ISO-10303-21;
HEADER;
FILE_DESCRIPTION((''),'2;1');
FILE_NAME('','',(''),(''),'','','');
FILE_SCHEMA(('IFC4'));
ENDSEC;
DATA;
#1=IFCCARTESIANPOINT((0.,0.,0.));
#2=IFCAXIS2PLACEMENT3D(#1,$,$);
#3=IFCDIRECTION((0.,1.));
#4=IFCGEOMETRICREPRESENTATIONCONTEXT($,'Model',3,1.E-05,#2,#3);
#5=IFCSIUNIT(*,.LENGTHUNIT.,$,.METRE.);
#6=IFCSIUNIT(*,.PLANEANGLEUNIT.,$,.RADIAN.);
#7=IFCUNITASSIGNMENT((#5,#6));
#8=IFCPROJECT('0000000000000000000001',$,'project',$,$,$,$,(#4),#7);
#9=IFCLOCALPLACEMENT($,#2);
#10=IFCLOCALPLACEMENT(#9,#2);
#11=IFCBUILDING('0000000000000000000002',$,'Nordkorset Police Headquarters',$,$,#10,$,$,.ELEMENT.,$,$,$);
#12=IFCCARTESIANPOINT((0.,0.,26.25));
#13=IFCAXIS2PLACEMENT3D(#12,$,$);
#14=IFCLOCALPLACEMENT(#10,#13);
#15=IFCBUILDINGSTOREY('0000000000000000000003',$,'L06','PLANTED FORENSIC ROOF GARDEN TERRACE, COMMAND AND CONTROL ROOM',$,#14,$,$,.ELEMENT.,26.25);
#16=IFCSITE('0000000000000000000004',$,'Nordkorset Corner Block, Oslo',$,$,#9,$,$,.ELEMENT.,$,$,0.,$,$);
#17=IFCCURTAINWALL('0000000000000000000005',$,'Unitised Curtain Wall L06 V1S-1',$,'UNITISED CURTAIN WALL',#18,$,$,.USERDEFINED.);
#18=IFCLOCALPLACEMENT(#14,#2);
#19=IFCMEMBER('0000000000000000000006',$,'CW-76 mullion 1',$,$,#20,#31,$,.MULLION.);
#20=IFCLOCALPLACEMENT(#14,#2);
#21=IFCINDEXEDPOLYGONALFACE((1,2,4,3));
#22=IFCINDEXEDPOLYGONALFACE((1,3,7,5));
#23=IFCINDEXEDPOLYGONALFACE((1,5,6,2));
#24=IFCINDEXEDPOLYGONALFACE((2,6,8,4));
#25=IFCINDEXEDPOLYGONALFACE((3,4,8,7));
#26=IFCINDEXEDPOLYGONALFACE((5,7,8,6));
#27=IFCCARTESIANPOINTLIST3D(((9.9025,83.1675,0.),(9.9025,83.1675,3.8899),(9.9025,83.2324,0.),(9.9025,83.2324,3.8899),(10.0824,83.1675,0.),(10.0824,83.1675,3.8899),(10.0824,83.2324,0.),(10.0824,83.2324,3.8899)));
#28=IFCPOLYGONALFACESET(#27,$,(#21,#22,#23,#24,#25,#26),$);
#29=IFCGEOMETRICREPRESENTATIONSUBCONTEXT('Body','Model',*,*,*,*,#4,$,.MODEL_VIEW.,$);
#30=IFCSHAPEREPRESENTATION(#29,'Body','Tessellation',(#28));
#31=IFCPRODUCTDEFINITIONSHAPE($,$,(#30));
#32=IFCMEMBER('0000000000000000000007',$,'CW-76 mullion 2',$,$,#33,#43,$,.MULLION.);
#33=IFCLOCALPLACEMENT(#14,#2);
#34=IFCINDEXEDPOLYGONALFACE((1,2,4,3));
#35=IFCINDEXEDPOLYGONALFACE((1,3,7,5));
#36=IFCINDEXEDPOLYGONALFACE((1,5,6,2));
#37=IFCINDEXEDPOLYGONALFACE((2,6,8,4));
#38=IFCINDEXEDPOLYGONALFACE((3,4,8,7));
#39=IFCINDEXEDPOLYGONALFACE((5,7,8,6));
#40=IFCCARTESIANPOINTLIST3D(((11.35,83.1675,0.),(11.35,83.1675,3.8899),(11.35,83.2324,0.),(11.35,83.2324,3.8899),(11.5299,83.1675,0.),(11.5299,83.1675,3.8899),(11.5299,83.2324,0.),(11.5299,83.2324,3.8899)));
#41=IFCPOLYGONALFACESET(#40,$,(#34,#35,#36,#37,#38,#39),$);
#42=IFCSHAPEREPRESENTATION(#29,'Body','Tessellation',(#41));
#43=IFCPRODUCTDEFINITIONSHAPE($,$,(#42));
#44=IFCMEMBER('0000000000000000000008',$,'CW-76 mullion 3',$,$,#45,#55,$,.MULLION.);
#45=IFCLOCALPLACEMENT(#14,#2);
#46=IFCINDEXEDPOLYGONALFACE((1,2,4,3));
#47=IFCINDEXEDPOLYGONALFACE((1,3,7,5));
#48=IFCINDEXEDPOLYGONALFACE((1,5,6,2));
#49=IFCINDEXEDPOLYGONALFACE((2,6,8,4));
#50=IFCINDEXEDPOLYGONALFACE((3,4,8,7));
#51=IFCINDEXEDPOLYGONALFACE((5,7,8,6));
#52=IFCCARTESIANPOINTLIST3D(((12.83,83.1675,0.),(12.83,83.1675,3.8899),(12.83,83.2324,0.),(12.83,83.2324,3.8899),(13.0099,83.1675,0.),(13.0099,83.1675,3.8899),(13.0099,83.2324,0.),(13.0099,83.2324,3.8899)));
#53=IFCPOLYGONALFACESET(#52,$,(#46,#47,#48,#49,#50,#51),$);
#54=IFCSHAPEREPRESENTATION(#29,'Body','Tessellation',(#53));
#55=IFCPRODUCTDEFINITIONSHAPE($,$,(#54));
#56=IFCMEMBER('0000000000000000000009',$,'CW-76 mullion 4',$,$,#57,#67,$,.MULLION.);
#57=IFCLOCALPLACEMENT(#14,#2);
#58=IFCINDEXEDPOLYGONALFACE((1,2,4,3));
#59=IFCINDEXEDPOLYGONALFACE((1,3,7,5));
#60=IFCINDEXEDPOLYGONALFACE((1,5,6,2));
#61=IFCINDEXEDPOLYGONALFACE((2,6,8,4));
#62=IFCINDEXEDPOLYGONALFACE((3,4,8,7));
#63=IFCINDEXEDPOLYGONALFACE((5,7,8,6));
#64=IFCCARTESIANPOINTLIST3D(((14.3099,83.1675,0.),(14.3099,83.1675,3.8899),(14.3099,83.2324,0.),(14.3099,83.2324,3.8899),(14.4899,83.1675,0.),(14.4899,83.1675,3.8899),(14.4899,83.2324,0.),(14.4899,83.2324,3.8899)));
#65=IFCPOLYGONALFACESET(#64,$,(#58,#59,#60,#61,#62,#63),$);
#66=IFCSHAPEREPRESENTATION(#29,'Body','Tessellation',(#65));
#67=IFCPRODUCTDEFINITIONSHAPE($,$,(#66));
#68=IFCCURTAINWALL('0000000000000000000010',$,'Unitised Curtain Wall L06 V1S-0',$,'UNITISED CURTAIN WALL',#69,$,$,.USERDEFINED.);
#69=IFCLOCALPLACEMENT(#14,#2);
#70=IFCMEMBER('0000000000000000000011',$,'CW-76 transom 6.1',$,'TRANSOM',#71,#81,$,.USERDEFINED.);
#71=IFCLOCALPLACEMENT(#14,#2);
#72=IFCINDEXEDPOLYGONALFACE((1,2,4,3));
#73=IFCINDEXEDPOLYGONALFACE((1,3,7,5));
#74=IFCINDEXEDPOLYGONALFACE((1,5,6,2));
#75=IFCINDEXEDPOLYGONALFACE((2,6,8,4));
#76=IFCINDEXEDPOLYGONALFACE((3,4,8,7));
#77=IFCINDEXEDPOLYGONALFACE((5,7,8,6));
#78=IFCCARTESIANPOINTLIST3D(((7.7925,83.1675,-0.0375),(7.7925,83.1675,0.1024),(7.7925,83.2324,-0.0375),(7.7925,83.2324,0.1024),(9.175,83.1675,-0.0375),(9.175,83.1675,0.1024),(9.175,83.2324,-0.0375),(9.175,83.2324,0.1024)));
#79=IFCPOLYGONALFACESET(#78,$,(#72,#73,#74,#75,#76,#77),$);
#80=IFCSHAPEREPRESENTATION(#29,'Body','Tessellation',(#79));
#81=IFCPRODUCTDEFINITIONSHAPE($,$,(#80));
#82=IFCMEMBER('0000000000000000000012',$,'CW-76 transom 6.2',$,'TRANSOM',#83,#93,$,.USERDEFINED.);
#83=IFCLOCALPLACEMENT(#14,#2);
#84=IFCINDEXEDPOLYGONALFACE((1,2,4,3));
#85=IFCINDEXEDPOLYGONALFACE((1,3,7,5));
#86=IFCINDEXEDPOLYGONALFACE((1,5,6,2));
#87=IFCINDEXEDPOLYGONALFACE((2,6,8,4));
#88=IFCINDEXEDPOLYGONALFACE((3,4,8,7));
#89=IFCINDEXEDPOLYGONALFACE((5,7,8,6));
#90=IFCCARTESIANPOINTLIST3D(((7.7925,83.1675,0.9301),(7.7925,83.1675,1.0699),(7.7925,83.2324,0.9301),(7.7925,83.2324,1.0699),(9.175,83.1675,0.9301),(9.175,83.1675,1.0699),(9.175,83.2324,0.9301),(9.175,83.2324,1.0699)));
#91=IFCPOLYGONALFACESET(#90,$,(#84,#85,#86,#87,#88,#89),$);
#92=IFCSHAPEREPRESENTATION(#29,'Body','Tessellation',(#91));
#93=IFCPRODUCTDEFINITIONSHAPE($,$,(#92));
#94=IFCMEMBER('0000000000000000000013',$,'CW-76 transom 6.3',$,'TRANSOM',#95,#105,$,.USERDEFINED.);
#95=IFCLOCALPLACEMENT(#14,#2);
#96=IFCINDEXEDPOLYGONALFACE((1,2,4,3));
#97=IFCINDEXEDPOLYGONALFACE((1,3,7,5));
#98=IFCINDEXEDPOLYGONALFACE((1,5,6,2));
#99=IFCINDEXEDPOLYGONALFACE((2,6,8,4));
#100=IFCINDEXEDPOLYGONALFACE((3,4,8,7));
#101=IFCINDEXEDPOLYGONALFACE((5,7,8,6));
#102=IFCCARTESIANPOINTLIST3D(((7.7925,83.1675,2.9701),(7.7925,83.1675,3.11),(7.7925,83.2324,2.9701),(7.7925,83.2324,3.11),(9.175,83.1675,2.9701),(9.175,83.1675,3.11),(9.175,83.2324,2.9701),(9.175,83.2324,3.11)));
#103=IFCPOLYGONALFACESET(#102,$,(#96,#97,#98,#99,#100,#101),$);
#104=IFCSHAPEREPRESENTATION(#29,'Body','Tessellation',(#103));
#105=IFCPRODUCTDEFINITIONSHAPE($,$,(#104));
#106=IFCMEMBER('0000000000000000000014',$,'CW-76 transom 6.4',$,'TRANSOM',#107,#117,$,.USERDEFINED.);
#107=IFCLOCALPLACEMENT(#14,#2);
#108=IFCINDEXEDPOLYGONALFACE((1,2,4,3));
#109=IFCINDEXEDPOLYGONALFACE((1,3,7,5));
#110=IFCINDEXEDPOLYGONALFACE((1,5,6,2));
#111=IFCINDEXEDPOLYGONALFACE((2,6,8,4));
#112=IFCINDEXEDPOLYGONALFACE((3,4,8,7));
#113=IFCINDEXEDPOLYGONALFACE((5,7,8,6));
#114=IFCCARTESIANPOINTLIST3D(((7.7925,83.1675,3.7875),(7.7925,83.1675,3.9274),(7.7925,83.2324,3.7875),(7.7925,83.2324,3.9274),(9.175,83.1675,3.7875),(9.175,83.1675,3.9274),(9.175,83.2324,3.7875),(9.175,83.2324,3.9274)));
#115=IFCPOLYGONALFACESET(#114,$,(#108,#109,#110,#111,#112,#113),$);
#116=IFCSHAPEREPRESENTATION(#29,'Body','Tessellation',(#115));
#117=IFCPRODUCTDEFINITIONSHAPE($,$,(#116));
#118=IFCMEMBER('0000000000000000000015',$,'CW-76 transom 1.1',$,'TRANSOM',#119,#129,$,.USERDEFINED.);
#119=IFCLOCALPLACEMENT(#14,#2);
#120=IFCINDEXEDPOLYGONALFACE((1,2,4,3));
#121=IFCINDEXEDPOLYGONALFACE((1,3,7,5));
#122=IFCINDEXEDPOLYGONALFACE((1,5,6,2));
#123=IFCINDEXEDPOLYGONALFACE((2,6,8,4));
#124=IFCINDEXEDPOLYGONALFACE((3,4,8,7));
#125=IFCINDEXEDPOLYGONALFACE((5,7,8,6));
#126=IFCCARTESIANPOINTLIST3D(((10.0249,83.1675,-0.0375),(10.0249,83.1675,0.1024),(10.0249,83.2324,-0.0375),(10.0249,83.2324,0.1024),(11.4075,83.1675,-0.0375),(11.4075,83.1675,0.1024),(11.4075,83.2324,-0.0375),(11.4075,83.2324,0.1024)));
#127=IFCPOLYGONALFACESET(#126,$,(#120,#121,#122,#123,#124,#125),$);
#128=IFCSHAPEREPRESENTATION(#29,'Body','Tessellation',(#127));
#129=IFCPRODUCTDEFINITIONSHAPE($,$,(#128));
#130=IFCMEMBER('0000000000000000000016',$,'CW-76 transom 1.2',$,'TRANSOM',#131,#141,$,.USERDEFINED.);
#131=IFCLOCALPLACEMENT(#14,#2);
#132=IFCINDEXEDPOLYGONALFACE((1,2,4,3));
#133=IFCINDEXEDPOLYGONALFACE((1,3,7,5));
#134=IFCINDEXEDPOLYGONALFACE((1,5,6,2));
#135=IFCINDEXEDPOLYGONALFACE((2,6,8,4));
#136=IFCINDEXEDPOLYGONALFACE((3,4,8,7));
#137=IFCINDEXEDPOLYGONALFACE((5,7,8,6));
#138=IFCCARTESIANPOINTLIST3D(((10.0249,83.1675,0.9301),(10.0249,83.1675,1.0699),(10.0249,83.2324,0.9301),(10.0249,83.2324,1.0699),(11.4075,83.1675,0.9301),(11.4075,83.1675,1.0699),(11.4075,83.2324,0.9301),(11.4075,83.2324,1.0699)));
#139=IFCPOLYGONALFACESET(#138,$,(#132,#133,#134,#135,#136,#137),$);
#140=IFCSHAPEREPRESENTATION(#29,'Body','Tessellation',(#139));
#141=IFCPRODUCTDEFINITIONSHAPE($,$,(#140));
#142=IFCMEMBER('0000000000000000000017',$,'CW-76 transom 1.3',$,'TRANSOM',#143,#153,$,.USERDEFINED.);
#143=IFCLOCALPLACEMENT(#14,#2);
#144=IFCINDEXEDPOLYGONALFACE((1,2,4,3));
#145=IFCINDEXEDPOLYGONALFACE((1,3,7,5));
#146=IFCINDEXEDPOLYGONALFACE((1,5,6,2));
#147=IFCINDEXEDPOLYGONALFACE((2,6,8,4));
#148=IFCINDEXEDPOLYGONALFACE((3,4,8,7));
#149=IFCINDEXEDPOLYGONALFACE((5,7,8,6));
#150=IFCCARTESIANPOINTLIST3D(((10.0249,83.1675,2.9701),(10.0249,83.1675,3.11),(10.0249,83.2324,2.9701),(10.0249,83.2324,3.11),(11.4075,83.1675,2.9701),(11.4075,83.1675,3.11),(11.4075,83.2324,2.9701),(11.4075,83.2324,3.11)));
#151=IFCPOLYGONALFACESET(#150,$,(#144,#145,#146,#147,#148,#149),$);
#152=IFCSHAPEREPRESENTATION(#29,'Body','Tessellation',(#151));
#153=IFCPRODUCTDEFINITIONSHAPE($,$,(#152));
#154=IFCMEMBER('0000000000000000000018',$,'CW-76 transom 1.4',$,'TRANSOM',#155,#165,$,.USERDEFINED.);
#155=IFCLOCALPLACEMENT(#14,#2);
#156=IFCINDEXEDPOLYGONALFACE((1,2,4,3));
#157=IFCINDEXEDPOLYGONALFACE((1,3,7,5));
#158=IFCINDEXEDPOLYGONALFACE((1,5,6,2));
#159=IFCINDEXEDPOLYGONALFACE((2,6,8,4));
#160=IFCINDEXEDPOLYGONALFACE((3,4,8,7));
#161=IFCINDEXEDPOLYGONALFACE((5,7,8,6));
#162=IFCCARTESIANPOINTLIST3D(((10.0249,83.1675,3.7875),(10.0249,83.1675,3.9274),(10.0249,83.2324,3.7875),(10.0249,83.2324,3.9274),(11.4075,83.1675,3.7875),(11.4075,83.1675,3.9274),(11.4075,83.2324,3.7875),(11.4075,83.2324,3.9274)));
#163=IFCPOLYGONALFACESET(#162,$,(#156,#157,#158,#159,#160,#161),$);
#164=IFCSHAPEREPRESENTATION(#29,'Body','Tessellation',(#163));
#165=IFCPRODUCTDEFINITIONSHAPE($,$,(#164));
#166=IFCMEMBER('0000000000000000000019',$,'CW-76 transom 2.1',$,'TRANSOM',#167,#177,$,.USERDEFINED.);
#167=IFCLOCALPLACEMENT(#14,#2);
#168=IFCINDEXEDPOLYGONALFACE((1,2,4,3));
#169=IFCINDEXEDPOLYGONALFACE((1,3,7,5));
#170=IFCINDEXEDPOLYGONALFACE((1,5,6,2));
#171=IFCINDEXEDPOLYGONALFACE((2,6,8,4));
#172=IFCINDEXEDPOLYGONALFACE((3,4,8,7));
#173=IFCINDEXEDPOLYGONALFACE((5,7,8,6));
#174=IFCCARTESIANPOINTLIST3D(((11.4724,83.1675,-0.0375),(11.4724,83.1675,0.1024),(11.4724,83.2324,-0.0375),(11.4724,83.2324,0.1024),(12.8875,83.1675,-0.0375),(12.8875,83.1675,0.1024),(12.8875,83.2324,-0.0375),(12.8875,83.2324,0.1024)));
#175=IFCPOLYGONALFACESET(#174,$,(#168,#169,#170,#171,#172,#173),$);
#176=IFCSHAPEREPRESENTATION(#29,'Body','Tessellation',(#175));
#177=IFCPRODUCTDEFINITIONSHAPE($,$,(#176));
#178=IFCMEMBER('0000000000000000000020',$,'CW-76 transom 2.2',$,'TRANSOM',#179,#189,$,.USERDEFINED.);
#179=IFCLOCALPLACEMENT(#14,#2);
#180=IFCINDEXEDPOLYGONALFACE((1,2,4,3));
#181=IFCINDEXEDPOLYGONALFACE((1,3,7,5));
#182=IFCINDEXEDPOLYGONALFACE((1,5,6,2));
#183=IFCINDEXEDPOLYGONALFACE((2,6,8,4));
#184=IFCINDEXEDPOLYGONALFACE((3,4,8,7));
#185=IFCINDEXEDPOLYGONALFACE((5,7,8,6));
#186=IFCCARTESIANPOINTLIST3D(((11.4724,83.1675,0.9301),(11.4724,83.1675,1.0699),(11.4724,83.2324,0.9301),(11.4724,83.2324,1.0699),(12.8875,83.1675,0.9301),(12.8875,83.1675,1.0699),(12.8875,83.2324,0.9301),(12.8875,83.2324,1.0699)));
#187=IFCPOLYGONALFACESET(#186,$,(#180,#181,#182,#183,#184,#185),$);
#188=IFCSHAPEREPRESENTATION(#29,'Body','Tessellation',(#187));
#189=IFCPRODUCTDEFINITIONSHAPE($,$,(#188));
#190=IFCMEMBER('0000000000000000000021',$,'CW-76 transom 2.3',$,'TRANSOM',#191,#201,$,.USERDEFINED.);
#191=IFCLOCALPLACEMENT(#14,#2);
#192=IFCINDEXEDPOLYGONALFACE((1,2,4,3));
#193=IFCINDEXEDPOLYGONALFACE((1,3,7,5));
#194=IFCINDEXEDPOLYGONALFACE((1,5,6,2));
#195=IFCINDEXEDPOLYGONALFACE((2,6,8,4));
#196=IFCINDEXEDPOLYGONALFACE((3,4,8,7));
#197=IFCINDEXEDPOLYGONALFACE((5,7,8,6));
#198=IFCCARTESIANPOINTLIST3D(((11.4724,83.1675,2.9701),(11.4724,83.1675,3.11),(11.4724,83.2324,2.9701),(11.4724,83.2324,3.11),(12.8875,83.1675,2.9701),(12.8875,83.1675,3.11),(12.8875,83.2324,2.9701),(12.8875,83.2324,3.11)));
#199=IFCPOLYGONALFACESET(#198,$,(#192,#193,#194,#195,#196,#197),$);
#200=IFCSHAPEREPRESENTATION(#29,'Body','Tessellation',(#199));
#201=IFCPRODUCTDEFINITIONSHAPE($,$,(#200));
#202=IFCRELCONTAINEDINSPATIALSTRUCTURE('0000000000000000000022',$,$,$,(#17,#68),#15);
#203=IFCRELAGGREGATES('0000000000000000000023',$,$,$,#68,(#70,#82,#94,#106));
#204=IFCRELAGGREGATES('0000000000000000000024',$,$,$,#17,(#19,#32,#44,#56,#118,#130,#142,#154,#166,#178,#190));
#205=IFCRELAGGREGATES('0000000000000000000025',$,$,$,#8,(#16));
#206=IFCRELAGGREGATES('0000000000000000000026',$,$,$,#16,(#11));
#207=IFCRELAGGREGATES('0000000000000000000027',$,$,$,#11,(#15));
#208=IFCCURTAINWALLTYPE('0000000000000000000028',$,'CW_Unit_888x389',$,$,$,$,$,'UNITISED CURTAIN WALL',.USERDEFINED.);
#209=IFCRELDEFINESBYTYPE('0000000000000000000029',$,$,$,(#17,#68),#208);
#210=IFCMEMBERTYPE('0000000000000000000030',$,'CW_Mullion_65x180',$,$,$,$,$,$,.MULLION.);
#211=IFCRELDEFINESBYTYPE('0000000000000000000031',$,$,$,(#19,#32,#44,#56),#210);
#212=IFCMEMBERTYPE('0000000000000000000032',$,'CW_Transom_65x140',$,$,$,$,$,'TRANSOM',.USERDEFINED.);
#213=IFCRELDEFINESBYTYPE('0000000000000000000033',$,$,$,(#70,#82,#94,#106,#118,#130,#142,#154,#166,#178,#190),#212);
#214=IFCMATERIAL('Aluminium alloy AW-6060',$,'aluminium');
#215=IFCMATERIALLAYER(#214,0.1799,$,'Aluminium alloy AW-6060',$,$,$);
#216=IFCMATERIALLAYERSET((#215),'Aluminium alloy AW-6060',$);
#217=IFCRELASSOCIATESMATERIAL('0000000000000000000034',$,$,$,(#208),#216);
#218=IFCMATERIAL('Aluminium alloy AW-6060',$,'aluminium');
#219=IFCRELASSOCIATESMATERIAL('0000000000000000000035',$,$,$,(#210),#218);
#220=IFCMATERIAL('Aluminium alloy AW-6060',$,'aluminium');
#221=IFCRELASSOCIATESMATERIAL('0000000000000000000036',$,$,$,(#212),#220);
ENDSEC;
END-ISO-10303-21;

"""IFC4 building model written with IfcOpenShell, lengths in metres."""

from ifc_helpers import new_model, si_unit, direction, frame, origin, origin_2d, place, context, subcontext, project, spatial, rectangle, extrude, material, layer, layer_set, material_profile, profile_set, type_object, element, aggregate, save


model = new_model("IFC4")

# Units and contexts
model_context = context("Model", 3, precision=1e-05, world=origin(), true_north=direction((0.0, 1.0)))
body_context = subcontext(model_context, "Body", "Model", "MODEL_VIEW")
ifc_project = project(units=[si_unit("LENGTHUNIT", "METRE"), si_unit("PLANEANGLEUNIT", "RADIAN")], contexts=[model_context])

# Site, building, storey
site_placement = place(None, origin())
site = spatial("IfcSite", under=ifc_project, at=site_placement, Name="Nordkorset Corner Block, Oslo", CompositionType="ELEMENT", RefElevation=0.0)
building_placement = place(site_placement, origin())
building = spatial("IfcBuilding", under=site, at=building_placement, Name="Nordkorset Police Headquarters", CompositionType="ELEMENT")
storey_placement = place(building_placement, frame((0.0, 0.0, 26.25)))
storey = spatial("IfcBuildingStorey", under=building, at=storey_placement, Name="L06", Description="PLANTED FORENSIC ROOF GARDEN TERRACE, COMMAND AND CONTROL ROOM", CompositionType="ELEMENT", Elevation=26.25)

# Curtain walls, members
ifc_material_1 = material(Name="Aluminium alloy AW-6060", Category="aluminium")
ifc_layer_1 = layer(ifc_material_1, 0.1799, Name="Aluminium alloy AW-6060")
ifc_layer_set_1 = layer_set([ifc_layer_1], Name="Aluminium alloy AW-6060")
curtain_wall_type = type_object("IfcCurtainWallType", Name="CW_Unit_888x389", ElementType="UNITISED CURTAIN WALL", PredefinedType="USERDEFINED", material=ifc_layer_set_1)
curtain_wall_1_placement = place(storey_placement, origin())
curtain_wall_1 = element("IfcCurtainWall", 1, at=curtain_wall_1_placement, inside=storey, type_object=curtain_wall_type, Name="Unitised Curtain Wall L06 V1S-1", ObjectType="UNITISED CURTAIN WALL", PredefinedType="USERDEFINED")
ifc_material_2 = material(Name="Aluminium alloy AW-6060", Category="aluminium")
ifc_material_profile_1 = material_profile(ifc_material_2, rectangle(XDim=0.0649, YDim=0.1799, at=origin_2d()), Name="ALU MULL 65x180")
ifc_profile_set_1 = profile_set([ifc_material_profile_1], Name="Aluminium alloy AW-6060")
member_type_1 = type_object("IfcMemberType", Name="CW_Mullion_65x180", PredefinedType="MULLION", material=ifc_profile_set_1)
member_1_placement = place(storey_placement, frame((9.9924, 83.2, 0.0), z_axis=(0.0, 0.0, 1.0), x_axis=(0.0, 1.0, 0.0)))
member_1 = element("IfcMember", 2, at=member_1_placement, type_object=member_type_1, Name="CW-76 mullion 1", PredefinedType="MULLION", context=body_context, shape_type="SweptSolid", body=[
    extrude(rectangle(XDim=0.0649, YDim=0.1799, at=origin_2d()), origin(), (0.0, 0.0, 1.0), 3.8899),
])
member_2_placement = place(storey_placement, frame((11.4399, 83.2, 0.0), z_axis=(0.0, 0.0, 1.0), x_axis=(0.0, 1.0, 0.0)))
member_2 = element("IfcMember", 3, at=member_2_placement, type_object=member_type_1, Name="CW-76 mullion 2", PredefinedType="MULLION", context=body_context, shape_type="SweptSolid", body=[
    extrude(rectangle(XDim=0.0649, YDim=0.1799, at=origin_2d()), origin(), (0.0, 0.0, 1.0), 3.8899),
])
member_3_placement = place(storey_placement, frame((12.9199, 83.2, 0.0), z_axis=(0.0, 0.0, 1.0), x_axis=(0.0, 1.0, 0.0)))
member_3 = element("IfcMember", 4, at=member_3_placement, type_object=member_type_1, Name="CW-76 mullion 3", PredefinedType="MULLION", context=body_context, shape_type="SweptSolid", body=[
    extrude(rectangle(XDim=0.0649, YDim=0.1799, at=origin_2d()), origin(), (0.0, 0.0, 1.0), 3.8899),
])
member_4_placement = place(storey_placement, frame((14.3999, 83.2, 0.0), z_axis=(0.0, 0.0, 1.0), x_axis=(0.0, 1.0, 0.0)))
member_4 = element("IfcMember", 5, at=member_4_placement, type_object=member_type_1, Name="CW-76 mullion 4", PredefinedType="MULLION", context=body_context, shape_type="SweptSolid", body=[
    extrude(rectangle(XDim=0.0649, YDim=0.1799, at=origin_2d()), origin(), (0.0, 0.0, 1.0), 3.8899),
])
curtain_wall_2_placement = place(storey_placement, origin())
curtain_wall_2 = element("IfcCurtainWall", 6, at=curtain_wall_2_placement, inside=storey, type_object=curtain_wall_type, Name="Unitised Curtain Wall L06 V1S-0", ObjectType="UNITISED CURTAIN WALL", PredefinedType="USERDEFINED")
ifc_material_3 = material(Name="Aluminium alloy AW-6060", Category="aluminium")
ifc_material_profile_2 = material_profile(ifc_material_3, rectangle(XDim=0.0649, YDim=0.1399, at=origin_2d()), Name="ALU TRAN 65x140")
ifc_profile_set_2 = profile_set([ifc_material_profile_2], Name="Aluminium alloy AW-6060")
member_type_2 = type_object("IfcMemberType", Name="CW_Transom_65x140", ElementType="TRANSOM", PredefinedType="USERDEFINED", material=ifc_profile_set_2)
member_5_placement = place(storey_placement, frame((7.7925, 83.2, 0.0325), z_axis=(1.0, 0.0, 0.0), x_axis=(0.0, 1.0, 0.0)))
member_5 = element("IfcMember", 7, at=member_5_placement, type_object=member_type_2, Name="CW-76 transom 6.1", ObjectType="TRANSOM", PredefinedType="USERDEFINED", context=body_context, shape_type="SweptSolid", body=[
    extrude(rectangle(XDim=0.0649, YDim=0.1399, at=origin_2d()), origin(), (0.0, 0.0, 1.0), 1.3826),
])
member_6_placement = place(storey_placement, frame((7.7925, 83.2, 1.0), z_axis=(1.0, 0.0, 0.0), x_axis=(0.0, 1.0, 0.0)))
member_6 = element("IfcMember", 8, at=member_6_placement, type_object=member_type_2, Name="CW-76 transom 6.2", ObjectType="TRANSOM", PredefinedType="USERDEFINED", context=body_context, shape_type="SweptSolid", body=[
    extrude(rectangle(XDim=0.0649, YDim=0.1399, at=origin_2d()), origin(), (0.0, 0.0, 1.0), 1.3826),
])
member_7_placement = place(storey_placement, frame((7.7925, 83.2, 3.04), z_axis=(1.0, 0.0, 0.0), x_axis=(0.0, 1.0, 0.0)))
member_7 = element("IfcMember", 9, at=member_7_placement, type_object=member_type_2, Name="CW-76 transom 6.3", ObjectType="TRANSOM", PredefinedType="USERDEFINED", context=body_context, shape_type="SweptSolid", body=[
    extrude(rectangle(XDim=0.0649, YDim=0.1399, at=origin_2d()), origin(), (0.0, 0.0, 1.0), 1.3826),
])
member_8_placement = place(storey_placement, frame((7.7925, 83.2, 3.8574), z_axis=(1.0, 0.0, 0.0), x_axis=(0.0, 1.0, 0.0)))
member_8 = element("IfcMember", 10, at=member_8_placement, type_object=member_type_2, Name="CW-76 transom 6.4", ObjectType="TRANSOM", PredefinedType="USERDEFINED", context=body_context, shape_type="SweptSolid", body=[
    extrude(rectangle(XDim=0.0649, YDim=0.1399, at=origin_2d()), origin(), (0.0, 0.0, 1.0), 1.3826),
])

# Members
member_9_placement = place(storey_placement, frame((10.0249, 83.2, 0.0325), z_axis=(1.0, 0.0, 0.0), x_axis=(0.0, 1.0, 0.0)))
member_9 = element("IfcMember", 11, at=member_9_placement, type_object=member_type_2, Name="CW-76 transom 1.1", ObjectType="TRANSOM", PredefinedType="USERDEFINED", context=body_context, shape_type="SweptSolid", body=[
    extrude(rectangle(XDim=0.0649, YDim=0.1399, at=origin_2d()), origin(), (0.0, 0.0, 1.0), 1.3826),
])
member_10_placement = place(storey_placement, frame((10.0249, 83.2, 1.0), z_axis=(1.0, 0.0, 0.0), x_axis=(0.0, 1.0, 0.0)))
member_10 = element("IfcMember", 12, at=member_10_placement, type_object=member_type_2, Name="CW-76 transom 1.2", ObjectType="TRANSOM", PredefinedType="USERDEFINED", context=body_context, shape_type="SweptSolid", body=[
    extrude(rectangle(XDim=0.0649, YDim=0.1399, at=origin_2d()), origin(), (0.0, 0.0, 1.0), 1.3826),
])
member_11_placement = place(storey_placement, frame((10.0249, 83.2, 3.04), z_axis=(1.0, 0.0, 0.0), x_axis=(0.0, 1.0, 0.0)))
member_11 = element("IfcMember", 13, at=member_11_placement, type_object=member_type_2, Name="CW-76 transom 1.3", ObjectType="TRANSOM", PredefinedType="USERDEFINED", context=body_context, shape_type="SweptSolid", body=[
    extrude(rectangle(XDim=0.0649, YDim=0.1399, at=origin_2d()), origin(), (0.0, 0.0, 1.0), 1.3826),
])
member_12_placement = place(storey_placement, frame((10.0249, 83.2, 3.8574), z_axis=(1.0, 0.0, 0.0), x_axis=(0.0, 1.0, 0.0)))
member_12 = element("IfcMember", 14, at=member_12_placement, type_object=member_type_2, Name="CW-76 transom 1.4", ObjectType="TRANSOM", PredefinedType="USERDEFINED", context=body_context, shape_type="SweptSolid", body=[
    extrude(rectangle(XDim=0.0649, YDim=0.1399, at=origin_2d()), origin(), (0.0, 0.0, 1.0), 1.3826),
])
member_13_placement = place(storey_placement, frame((11.4724, 83.2, 0.0325), z_axis=(1.0, 0.0, 0.0), x_axis=(0.0, 1.0, 0.0)))
member_13 = element("IfcMember", 15, at=member_13_placement, type_object=member_type_2, Name="CW-76 transom 2.1", ObjectType="TRANSOM", PredefinedType="USERDEFINED", context=body_context, shape_type="SweptSolid", body=[
    extrude(rectangle(XDim=0.0649, YDim=0.1399, at=origin_2d()), origin(), (0.0, 0.0, 1.0), 1.415),
])
member_14_placement = place(storey_placement, frame((11.4724, 83.2, 1.0), z_axis=(1.0, 0.0, 0.0), x_axis=(0.0, 1.0, 0.0)))
member_14 = element("IfcMember", 16, at=member_14_placement, type_object=member_type_2, Name="CW-76 transom 2.2", ObjectType="TRANSOM", PredefinedType="USERDEFINED", context=body_context, shape_type="SweptSolid", body=[
    extrude(rectangle(XDim=0.0649, YDim=0.1399, at=origin_2d()), origin(), (0.0, 0.0, 1.0), 1.415),
])
member_15_placement = place(storey_placement, frame((11.4724, 83.2, 3.04), z_axis=(1.0, 0.0, 0.0), x_axis=(0.0, 1.0, 0.0)))
member_15 = element("IfcMember", 17, at=member_15_placement, type_object=member_type_2, Name="CW-76 transom 2.3", ObjectType="TRANSOM", PredefinedType="USERDEFINED", context=body_context, shape_type="SweptSolid", body=[
    extrude(rectangle(XDim=0.0649, YDim=0.1399, at=origin_2d()), origin(), (0.0, 0.0, 1.0), 1.415),
])

aggregate(curtain_wall_2, [member_5, member_6, member_7, member_8])
aggregate(curtain_wall_1, [member_1, member_2, member_3, member_4, member_9, member_10, member_11, member_12, member_13, member_14, member_15])

save(model, "model.ifc")
